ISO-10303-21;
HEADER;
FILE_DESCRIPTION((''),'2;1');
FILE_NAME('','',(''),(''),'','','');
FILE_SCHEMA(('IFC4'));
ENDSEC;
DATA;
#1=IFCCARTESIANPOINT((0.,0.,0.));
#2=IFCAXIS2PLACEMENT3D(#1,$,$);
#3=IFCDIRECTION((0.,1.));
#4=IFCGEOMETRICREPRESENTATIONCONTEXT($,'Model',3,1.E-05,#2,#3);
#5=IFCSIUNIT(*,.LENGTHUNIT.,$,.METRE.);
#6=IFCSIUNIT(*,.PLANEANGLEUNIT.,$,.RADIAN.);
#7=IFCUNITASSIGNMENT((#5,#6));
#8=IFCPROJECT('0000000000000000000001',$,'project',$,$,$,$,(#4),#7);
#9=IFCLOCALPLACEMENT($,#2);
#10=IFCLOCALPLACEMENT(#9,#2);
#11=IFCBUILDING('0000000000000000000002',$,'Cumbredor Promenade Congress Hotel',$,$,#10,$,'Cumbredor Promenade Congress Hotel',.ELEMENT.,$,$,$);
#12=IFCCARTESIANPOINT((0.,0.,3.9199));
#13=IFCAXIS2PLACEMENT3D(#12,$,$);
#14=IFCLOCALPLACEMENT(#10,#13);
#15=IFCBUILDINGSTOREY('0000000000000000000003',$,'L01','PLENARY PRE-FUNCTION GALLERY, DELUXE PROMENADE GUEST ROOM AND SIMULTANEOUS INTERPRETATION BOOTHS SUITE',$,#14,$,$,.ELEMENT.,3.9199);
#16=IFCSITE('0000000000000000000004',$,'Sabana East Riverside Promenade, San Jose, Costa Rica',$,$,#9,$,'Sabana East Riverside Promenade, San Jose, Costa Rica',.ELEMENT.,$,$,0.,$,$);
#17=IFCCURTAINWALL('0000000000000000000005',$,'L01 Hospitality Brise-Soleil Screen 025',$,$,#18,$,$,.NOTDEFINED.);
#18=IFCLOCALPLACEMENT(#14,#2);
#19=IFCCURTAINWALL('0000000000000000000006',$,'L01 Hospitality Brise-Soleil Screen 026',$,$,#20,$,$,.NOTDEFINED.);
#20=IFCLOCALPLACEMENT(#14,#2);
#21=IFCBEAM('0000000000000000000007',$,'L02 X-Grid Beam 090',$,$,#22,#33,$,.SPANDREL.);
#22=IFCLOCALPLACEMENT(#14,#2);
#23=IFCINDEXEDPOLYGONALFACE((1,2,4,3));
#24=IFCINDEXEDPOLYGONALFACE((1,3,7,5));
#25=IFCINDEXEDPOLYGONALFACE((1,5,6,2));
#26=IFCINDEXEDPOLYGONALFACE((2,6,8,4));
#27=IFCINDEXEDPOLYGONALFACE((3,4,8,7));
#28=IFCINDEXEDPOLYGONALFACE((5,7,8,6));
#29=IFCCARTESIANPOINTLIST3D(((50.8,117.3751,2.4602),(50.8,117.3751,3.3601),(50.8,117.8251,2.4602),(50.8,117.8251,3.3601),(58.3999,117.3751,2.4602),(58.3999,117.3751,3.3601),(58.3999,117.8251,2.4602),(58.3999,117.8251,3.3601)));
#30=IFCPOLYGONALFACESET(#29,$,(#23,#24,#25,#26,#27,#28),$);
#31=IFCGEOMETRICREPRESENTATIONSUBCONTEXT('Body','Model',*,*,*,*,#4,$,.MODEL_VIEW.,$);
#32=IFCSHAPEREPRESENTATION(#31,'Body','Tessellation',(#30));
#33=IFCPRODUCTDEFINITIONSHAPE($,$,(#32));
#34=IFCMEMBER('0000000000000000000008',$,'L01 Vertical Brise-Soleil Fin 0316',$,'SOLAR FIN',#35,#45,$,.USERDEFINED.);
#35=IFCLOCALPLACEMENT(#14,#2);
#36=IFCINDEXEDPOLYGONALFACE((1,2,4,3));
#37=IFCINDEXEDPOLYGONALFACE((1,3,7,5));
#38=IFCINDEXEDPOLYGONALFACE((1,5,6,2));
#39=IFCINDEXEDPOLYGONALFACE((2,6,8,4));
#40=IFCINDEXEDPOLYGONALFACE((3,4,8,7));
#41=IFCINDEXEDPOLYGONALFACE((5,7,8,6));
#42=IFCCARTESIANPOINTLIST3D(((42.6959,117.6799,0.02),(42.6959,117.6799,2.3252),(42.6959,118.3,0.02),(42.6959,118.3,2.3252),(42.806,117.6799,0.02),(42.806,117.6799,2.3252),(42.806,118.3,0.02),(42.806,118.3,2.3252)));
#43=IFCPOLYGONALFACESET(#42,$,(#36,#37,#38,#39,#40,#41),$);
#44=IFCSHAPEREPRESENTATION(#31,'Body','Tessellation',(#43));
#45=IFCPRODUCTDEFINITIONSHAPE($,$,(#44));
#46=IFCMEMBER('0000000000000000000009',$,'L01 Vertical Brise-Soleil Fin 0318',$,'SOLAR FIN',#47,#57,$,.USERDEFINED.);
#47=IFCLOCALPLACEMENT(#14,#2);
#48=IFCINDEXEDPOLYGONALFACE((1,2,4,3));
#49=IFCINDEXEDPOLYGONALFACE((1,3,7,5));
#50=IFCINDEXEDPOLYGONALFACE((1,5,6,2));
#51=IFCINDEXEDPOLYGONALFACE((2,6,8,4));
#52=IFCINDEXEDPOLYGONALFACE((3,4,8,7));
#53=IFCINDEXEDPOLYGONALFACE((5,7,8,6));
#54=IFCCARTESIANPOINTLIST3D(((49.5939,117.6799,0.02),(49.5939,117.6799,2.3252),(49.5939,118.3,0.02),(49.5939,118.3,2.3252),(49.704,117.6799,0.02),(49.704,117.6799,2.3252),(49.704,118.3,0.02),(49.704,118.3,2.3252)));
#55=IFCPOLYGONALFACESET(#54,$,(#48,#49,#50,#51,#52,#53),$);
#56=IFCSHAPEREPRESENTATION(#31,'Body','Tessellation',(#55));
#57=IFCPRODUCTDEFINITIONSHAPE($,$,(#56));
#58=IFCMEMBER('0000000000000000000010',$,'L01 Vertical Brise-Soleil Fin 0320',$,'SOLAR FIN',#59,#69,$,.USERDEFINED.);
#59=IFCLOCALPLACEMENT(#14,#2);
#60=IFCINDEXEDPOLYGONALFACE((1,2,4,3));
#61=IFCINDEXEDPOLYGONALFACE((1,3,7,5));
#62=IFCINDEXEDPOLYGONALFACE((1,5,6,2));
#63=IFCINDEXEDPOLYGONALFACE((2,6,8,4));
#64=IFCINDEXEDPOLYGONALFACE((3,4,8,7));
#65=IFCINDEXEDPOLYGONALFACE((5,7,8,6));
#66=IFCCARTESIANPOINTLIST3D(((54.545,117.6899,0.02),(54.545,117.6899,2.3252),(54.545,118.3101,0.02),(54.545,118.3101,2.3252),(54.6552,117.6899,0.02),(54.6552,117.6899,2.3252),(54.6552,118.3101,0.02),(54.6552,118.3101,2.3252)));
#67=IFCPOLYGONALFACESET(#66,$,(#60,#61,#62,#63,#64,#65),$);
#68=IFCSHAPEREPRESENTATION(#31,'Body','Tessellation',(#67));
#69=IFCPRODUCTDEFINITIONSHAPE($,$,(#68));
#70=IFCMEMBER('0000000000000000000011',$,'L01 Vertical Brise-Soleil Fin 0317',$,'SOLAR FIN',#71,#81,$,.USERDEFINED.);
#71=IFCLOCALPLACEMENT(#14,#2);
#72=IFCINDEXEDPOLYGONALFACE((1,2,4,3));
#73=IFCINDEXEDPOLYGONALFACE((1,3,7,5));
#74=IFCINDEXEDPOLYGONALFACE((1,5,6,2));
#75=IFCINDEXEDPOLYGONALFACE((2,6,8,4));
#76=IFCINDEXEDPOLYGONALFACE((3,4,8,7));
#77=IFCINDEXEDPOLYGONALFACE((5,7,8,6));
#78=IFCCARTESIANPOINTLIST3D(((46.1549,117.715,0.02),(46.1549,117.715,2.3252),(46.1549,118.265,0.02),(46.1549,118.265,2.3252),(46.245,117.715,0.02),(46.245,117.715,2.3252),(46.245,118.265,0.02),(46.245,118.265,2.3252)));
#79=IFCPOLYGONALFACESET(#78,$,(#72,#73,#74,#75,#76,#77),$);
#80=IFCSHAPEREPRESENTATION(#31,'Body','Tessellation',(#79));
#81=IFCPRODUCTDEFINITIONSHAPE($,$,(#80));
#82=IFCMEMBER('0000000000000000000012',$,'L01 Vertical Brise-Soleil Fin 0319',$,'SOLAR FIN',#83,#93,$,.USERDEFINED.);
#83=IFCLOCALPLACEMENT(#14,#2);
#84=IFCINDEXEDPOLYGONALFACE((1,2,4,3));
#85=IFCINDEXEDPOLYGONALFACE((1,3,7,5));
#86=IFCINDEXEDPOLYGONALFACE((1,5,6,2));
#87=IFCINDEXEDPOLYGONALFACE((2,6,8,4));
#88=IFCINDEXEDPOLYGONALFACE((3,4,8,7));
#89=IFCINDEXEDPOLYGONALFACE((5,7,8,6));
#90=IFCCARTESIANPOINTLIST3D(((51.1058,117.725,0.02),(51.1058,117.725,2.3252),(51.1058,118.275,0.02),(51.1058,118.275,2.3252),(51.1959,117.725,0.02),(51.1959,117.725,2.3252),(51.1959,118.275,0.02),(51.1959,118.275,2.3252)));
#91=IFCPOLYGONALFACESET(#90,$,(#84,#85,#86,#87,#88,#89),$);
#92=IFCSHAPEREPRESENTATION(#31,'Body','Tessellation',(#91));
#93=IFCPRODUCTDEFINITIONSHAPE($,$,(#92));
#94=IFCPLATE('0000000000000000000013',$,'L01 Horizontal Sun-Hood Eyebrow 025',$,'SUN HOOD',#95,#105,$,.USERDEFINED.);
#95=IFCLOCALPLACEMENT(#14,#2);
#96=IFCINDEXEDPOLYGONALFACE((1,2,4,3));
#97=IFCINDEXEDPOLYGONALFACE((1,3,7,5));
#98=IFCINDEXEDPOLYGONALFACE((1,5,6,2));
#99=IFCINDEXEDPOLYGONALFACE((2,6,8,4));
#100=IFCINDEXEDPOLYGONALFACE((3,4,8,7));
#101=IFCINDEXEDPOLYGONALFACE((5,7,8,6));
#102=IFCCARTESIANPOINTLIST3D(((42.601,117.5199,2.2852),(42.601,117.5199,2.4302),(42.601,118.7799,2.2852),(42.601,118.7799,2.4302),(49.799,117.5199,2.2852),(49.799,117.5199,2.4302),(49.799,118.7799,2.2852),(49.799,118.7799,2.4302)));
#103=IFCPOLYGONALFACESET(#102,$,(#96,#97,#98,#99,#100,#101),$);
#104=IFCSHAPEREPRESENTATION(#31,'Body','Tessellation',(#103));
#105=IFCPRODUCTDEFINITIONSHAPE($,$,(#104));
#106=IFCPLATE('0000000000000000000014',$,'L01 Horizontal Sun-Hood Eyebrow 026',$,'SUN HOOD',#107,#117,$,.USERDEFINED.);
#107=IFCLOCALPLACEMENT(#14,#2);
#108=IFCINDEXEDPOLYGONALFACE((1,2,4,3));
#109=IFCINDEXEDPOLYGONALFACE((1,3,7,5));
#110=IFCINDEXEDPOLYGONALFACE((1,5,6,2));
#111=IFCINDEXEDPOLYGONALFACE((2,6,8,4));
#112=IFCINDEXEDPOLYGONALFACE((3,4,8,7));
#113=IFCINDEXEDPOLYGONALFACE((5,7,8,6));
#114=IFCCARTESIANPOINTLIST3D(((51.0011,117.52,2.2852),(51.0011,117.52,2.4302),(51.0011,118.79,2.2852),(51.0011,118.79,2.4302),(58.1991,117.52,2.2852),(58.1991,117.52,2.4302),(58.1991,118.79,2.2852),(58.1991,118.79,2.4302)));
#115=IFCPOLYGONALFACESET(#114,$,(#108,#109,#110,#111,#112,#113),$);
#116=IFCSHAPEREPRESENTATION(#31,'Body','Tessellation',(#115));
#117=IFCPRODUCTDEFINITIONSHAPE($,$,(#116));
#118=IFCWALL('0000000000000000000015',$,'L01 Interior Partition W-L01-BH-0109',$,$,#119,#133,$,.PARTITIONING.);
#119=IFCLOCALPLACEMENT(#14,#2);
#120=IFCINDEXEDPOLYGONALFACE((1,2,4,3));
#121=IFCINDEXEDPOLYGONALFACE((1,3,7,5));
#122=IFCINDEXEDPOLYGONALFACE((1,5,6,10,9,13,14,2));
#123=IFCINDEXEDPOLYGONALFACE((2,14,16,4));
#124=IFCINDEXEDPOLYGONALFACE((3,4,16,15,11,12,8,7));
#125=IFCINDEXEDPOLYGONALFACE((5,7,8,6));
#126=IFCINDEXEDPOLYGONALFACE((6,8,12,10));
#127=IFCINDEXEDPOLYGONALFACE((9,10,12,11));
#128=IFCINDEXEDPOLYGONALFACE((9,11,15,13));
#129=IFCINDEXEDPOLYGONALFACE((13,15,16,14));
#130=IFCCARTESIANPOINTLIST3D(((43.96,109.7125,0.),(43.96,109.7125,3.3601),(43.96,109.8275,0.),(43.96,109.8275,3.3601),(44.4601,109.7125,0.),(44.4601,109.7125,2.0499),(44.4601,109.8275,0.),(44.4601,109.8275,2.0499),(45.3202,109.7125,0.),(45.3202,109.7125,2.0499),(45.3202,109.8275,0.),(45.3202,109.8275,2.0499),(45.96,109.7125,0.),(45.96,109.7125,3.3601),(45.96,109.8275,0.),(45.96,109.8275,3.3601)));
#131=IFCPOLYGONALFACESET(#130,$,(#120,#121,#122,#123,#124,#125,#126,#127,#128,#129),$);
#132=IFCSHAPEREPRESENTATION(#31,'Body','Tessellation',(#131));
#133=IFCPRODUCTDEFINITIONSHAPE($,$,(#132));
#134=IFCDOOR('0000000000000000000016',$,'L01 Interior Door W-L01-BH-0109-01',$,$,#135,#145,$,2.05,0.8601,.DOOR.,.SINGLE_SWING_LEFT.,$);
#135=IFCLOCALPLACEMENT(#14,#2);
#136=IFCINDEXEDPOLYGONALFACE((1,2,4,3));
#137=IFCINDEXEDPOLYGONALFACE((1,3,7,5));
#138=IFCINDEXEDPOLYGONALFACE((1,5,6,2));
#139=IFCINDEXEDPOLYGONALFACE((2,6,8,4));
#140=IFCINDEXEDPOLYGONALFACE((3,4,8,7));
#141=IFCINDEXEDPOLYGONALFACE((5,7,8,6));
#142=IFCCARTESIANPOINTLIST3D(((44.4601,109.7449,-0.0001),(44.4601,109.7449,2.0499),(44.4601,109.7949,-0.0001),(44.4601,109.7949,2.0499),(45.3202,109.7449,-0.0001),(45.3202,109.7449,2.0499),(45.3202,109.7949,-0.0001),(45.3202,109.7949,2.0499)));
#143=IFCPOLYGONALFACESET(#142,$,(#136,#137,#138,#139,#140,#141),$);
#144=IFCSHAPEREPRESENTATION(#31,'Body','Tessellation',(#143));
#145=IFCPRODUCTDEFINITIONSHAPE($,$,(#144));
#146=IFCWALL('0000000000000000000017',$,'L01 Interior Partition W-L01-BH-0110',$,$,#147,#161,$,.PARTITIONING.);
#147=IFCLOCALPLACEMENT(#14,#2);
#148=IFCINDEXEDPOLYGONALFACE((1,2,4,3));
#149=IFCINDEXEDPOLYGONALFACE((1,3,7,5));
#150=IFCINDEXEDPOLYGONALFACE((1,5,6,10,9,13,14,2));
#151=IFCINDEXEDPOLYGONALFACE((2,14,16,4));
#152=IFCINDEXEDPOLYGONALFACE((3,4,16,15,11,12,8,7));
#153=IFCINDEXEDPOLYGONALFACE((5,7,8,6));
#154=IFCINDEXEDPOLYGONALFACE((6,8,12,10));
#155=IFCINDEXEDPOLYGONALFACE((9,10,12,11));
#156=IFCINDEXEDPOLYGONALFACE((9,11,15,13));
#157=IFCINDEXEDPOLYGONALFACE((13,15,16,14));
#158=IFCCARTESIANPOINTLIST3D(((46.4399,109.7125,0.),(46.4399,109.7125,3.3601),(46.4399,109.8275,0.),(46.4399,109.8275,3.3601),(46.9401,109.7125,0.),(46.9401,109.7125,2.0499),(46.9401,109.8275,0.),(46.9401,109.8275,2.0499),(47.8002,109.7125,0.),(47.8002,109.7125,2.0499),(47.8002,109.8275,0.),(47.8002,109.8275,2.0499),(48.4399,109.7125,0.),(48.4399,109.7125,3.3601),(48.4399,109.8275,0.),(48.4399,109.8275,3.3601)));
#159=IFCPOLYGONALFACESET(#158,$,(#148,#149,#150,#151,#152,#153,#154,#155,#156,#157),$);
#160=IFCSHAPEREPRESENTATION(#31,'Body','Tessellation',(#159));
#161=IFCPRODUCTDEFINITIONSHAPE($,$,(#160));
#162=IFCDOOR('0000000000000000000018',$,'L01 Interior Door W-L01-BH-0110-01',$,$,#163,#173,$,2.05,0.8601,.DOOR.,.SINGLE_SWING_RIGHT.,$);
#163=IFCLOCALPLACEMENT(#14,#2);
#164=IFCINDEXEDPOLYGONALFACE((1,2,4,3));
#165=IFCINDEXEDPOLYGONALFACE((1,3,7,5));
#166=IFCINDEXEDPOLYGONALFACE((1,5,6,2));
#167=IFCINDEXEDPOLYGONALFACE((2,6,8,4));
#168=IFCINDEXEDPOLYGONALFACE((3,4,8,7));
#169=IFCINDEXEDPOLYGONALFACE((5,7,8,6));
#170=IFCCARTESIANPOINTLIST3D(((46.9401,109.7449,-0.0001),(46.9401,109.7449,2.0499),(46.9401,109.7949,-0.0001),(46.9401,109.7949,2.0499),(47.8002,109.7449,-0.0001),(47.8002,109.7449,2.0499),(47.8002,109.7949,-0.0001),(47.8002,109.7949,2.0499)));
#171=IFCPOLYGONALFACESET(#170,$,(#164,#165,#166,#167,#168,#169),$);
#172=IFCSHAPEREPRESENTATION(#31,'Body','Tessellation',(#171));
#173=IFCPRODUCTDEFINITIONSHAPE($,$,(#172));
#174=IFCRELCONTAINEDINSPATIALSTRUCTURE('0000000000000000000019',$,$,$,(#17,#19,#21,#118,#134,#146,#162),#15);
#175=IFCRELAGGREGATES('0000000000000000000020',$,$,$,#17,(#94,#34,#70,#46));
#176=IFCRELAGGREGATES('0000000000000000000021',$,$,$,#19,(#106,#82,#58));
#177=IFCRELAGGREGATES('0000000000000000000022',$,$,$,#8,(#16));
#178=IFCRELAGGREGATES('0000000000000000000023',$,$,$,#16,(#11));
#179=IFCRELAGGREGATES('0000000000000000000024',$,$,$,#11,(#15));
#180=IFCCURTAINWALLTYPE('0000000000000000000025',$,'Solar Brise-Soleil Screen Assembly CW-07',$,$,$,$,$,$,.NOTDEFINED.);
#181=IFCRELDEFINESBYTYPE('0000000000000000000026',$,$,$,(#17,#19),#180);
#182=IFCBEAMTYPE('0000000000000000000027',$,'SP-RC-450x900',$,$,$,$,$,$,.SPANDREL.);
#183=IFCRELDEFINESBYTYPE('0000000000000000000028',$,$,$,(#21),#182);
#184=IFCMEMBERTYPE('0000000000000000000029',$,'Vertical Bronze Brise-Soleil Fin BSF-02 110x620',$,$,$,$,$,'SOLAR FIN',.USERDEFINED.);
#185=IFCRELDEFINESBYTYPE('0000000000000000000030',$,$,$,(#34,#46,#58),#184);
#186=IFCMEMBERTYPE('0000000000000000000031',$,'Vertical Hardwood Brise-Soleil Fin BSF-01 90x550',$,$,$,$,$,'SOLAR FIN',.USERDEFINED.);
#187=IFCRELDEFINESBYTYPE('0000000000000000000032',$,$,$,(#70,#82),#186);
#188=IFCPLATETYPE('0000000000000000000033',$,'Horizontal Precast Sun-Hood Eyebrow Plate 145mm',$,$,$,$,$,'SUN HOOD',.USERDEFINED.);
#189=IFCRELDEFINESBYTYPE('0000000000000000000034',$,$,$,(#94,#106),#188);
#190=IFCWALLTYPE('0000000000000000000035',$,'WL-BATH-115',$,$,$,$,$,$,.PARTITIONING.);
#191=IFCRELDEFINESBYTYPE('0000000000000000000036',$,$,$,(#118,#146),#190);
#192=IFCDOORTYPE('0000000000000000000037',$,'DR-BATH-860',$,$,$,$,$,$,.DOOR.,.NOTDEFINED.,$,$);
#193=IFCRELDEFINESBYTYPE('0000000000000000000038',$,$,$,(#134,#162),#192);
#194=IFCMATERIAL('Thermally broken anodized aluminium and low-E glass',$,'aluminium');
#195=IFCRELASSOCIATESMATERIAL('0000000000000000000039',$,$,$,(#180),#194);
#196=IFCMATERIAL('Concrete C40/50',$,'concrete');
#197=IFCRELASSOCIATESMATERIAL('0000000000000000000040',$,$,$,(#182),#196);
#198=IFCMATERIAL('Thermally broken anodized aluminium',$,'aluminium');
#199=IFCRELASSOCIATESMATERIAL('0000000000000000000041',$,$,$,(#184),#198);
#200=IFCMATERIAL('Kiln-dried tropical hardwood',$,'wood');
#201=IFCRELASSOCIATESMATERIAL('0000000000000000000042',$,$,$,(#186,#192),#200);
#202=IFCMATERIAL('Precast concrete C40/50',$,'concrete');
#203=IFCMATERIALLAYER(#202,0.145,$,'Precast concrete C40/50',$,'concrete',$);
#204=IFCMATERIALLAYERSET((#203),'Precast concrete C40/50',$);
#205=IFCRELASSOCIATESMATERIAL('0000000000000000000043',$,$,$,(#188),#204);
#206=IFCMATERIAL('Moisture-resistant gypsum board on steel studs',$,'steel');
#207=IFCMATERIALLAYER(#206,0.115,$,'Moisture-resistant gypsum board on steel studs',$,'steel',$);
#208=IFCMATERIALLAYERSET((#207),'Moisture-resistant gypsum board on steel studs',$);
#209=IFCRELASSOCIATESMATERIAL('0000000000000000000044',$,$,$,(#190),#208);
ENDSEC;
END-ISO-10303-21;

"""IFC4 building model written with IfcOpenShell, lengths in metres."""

from ifc_helpers import new_model, si_unit, direction, frame, frame_2d, origin, origin_2d, place, context, subcontext, project, spatial, rectangle, extrude, material, layer, layer_set, material_profile, profile_set, type_object, element, fill, aggregate, save


model = new_model("IFC4")

# Units and contexts
model_context = context("Model", 3, precision=1e-05, world=origin(), true_north=direction((0.0, 1.0)))
body_context = subcontext(model_context, "Body", "Model", "MODEL_VIEW")
ifc_project = project(units=[si_unit("LENGTHUNIT", "METRE"), si_unit("PLANEANGLEUNIT", "RADIAN")], contexts=[model_context])

# Site, building, storey
site_placement = place(None, origin())
site = spatial("IfcSite", under=ifc_project, at=site_placement, Name="Sabana East Riverside Promenade, San Jose, Costa Rica", LongName="Sabana East Riverside Promenade, San Jose, Costa Rica", CompositionType="ELEMENT", RefElevation=0.0)
building_placement = place(site_placement, origin())
building = spatial("IfcBuilding", under=site, at=building_placement, Name="Cumbredor Promenade Congress Hotel", LongName="Cumbredor Promenade Congress Hotel", CompositionType="ELEMENT")
storey_placement = place(building_placement, frame((0.0, 0.0, 3.9199)))
storey = spatial("IfcBuildingStorey", under=building, at=storey_placement, Name="L01", Description="PLENARY PRE-FUNCTION GALLERY, DELUXE PROMENADE GUEST ROOM AND SIMULTANEOUS INTERPRETATION BOOTHS SUITE", CompositionType="ELEMENT", Elevation=3.9199)

# Shared definitions
ifc_material_1 = material(Name="Concrete C40/50", Category="concrete")

# Curtain walls
ifc_material_2 = material(Name="Thermally broken anodized aluminium and low-E glass", Category="aluminium")
curtain_wall_type = type_object("IfcCurtainWallType", Name="Solar Brise-Soleil Screen Assembly CW-07", PredefinedType="NOTDEFINED", material=ifc_material_2)
curtain_wall_1_placement = place(storey_placement, origin())
curtain_wall_1 = element("IfcCurtainWall", 1, at=curtain_wall_1_placement, inside=storey, type_object=curtain_wall_type, Name="L01 Hospitality Brise-Soleil Screen 025", PredefinedType="NOTDEFINED")
ifc_material_3 = material(Name="Thermally broken anodized aluminium", Category="aluminium")
curtain_wall_2_placement = place(storey_placement, origin())
curtain_wall_2 = element("IfcCurtainWall", 2, at=curtain_wall_2_placement, inside=storey, type_object=curtain_wall_type, Name="L01 Hospitality Brise-Soleil Screen 026", PredefinedType="NOTDEFINED")

# Beam
ifc_material_profile_1 = material_profile(ifc_material_1, rectangle(XDim=0.45, YDim=0.8999, at=origin_2d()), Name="RC SPANDREL 450x900")
ifc_profile_set_1 = profile_set([ifc_material_profile_1], Name="Concrete C40/50")
beam_type_1 = type_object("IfcBeamType", Name="SP-RC-450x900", PredefinedType="SPANDREL", material=ifc_profile_set_1)
beam_1_placement = place(storey_placement, frame((50.8, 117.6001, 2.9102), z_axis=(1.0, 0.0, 0.0), x_axis=(0.0, 1.0, 0.0)))
element("IfcBeam", 3, at=beam_1_placement, inside=storey, type_object=beam_type_1, Name="L02 X-Grid Beam 090", PredefinedType="SPANDREL", context=body_context, shape_type="SweptSolid", body=[
    extrude(rectangle(XDim=0.45, YDim=0.8999, at=origin_2d()), origin(), (0.0, 0.0, 1.0), 7.5999),
])

# Members
ifc_material_profile_2 = material_profile(ifc_material_3, rectangle(XDim=0.1101, YDim=0.6201, at=origin_2d()), Name="ARCH FIN 110x620")
ifc_profile_set_2 = profile_set([ifc_material_profile_2], Name="Thermally broken anodized aluminium")
member_type_1 = type_object("IfcMemberType", Name="Vertical Bronze Brise-Soleil Fin BSF-02 110x620", ElementType="SOLAR FIN", PredefinedType="USERDEFINED", material=ifc_profile_set_2)
member_1_placement = place(storey_placement, frame((42.751, 117.99, 0.02), z_axis=(0.0, 0.0, 1.0), x_axis=(1.0, 0.0, 0.0)))
member_1 = element("IfcMember", 4, at=member_1_placement, type_object=member_type_1, Name="L01 Vertical Brise-Soleil Fin 0316", ObjectType="SOLAR FIN", PredefinedType="USERDEFINED", context=body_context, shape_type="SweptSolid", body=[
    extrude(rectangle(XDim=0.1101, YDim=0.6201, at=origin_2d()), origin(), (0.0, 0.0, 1.0), 2.3052),
])
member_2_placement = place(storey_placement, frame((49.6489, 117.99, 0.02), z_axis=(0.0, 0.0, 1.0), x_axis=(1.0, 0.0, 0.0)))
member_2 = element("IfcMember", 5, at=member_2_placement, type_object=member_type_1, Name="L01 Vertical Brise-Soleil Fin 0318", ObjectType="SOLAR FIN", PredefinedType="USERDEFINED", context=body_context, shape_type="SweptSolid", body=[
    extrude(rectangle(XDim=0.1101, YDim=0.6201, at=origin_2d()), origin(), (0.0, 0.0, 1.0), 2.3052),
])
member_3_placement = place(storey_placement, frame((54.6001, 118.0, 0.02), z_axis=(0.0, 0.0, 1.0), x_axis=(1.0, 0.0, 0.0)))
member_3 = element("IfcMember", 6, at=member_3_placement, type_object=member_type_1, Name="L01 Vertical Brise-Soleil Fin 0320", ObjectType="SOLAR FIN", PredefinedType="USERDEFINED", context=body_context, shape_type="SweptSolid", body=[
    extrude(rectangle(XDim=0.1101, YDim=0.6201, at=origin_2d()), origin(), (0.0, 0.0, 1.0), 2.3052),
])
ifc_material_4 = material(Name="Kiln-dried tropical hardwood", Category="wood")
ifc_material_profile_3 = material_profile(ifc_material_4, rectangle(XDim=0.0901, YDim=0.55, at=origin_2d()), Name="ARCH FIN 90x550")
ifc_profile_set_3 = profile_set([ifc_material_profile_3], Name="Kiln-dried tropical hardwood")
member_type_2 = type_object("IfcMemberType", Name="Vertical Hardwood Brise-Soleil Fin BSF-01 90x550", ElementType="SOLAR FIN", PredefinedType="USERDEFINED", material=ifc_profile_set_3)
member_4_placement = place(storey_placement, frame((46.2, 117.99, 0.02), z_axis=(0.0, 0.0, 1.0), x_axis=(1.0, 0.0, 0.0)))
member_4 = element("IfcMember", 7, at=member_4_placement, type_object=member_type_2, Name="L01 Vertical Brise-Soleil Fin 0317", ObjectType="SOLAR FIN", PredefinedType="USERDEFINED", context=body_context, shape_type="SweptSolid", body=[
    extrude(rectangle(XDim=0.0901, YDim=0.55, at=origin_2d()), origin(), (0.0, 0.0, 1.0), 2.3052),
])
member_5_placement = place(storey_placement, frame((51.1509, 118.0, 0.02), z_axis=(0.0, 0.0, 1.0), x_axis=(1.0, 0.0, 0.0)))
member_5 = element("IfcMember", 8, at=member_5_placement, type_object=member_type_2, Name="L01 Vertical Brise-Soleil Fin 0319", ObjectType="SOLAR FIN", PredefinedType="USERDEFINED", context=body_context, shape_type="SweptSolid", body=[
    extrude(rectangle(XDim=0.0901, YDim=0.55, at=origin_2d()), origin(), (0.0, 0.0, 1.0), 2.3052),
])

# Plates
ifc_material_5 = material(Name="Precast concrete C40/50", Category="concrete")
ifc_layer_1 = layer(ifc_material_5, 0.145, Name="Precast concrete C40/50", Category="concrete")
ifc_layer_set_1 = layer_set([ifc_layer_1], Name="Precast concrete C40/50")
plate_type = type_object("IfcPlateType", Name="Horizontal Precast Sun-Hood Eyebrow Plate 145mm", ElementType="SUN HOOD", PredefinedType="USERDEFINED", material=ifc_layer_set_1)
plate_1_placement = place(storey_placement, frame((46.2, 118.1499, 2.2852), z_axis=(0.0, 0.0, 1.0), x_axis=(1.0, 0.0, 0.0)))
plate_1 = element("IfcPlate", 9, at=plate_1_placement, type_object=plate_type, Name="L01 Horizontal Sun-Hood Eyebrow 025", ObjectType="SUN HOOD", PredefinedType="USERDEFINED", context=body_context, shape_type="SweptSolid", body=[
    extrude(rectangle(XDim=7.198, YDim=1.26, at=origin_2d()), origin(), (0.0, 0.0, 1.0), 0.145),
])
aggregate(curtain_wall_1, [plate_1, member_1, member_4, member_2])
plate_2_placement = place(storey_placement, frame((54.6001, 118.155, 2.2852), z_axis=(0.0, 0.0, 1.0), x_axis=(1.0, 0.0, 0.0)))
plate_2 = element("IfcPlate", 10, at=plate_2_placement, type_object=plate_type, Name="L01 Horizontal Sun-Hood Eyebrow 026", ObjectType="SUN HOOD", PredefinedType="USERDEFINED", context=body_context, shape_type="SweptSolid", body=[
    extrude(rectangle(XDim=7.198, YDim=1.27, at=origin_2d()), origin(), (0.0, 0.0, 1.0), 0.145),
])
aggregate(curtain_wall_2, [plate_2, member_5, member_3])

# Walls, openings, doors
ifc_material_6 = material(Name="Moisture-resistant gypsum board on steel studs", Category="steel")
ifc_layer_2 = layer(ifc_material_6, 0.115, Name="Moisture-resistant gypsum board on steel studs", Category="steel")
ifc_layer_set_2 = layer_set([ifc_layer_2], Name="Moisture-resistant gypsum board on steel studs")
wall_type_1 = type_object("IfcWallType", Name="WL-BATH-115", PredefinedType="PARTITIONING", material=ifc_layer_set_2)
wall_1_placement = place(storey_placement, frame((43.96, 109.77, 0.0), z_axis=(0.0, 0.0, 1.0), x_axis=(1.0, 0.0, 0.0)))
wall_1 = element("IfcWall", 11, at=wall_1_placement, inside=storey, type_object=wall_type_1, Name="L01 Interior Partition W-L01-BH-0109", PredefinedType="PARTITIONING", context=body_context, shape_type="SweptSolid", body=[
    extrude(rectangle(XDim=2.0, YDim=0.115, at=frame_2d((1.0, 0.0))), origin(), (0.0, 0.0, 1.0), 3.3601),
])
opening_1_placement = place(wall_1_placement, frame((0.5, 0.0, 0.0)))
opening_1 = element("IfcOpeningElement", 12, at=opening_1_placement, cuts=wall_1, PredefinedType="OPENING", context=body_context, shape_type="SweptSolid", body=[
    extrude(rectangle(XDim=0.8601, YDim=2.05, at=frame_2d((0.4302, 1.0249))), frame((0.0, 0.0674, 0.0), z_axis=(0.0, -1.0, 0.0), x_axis=(1.0, 0.0, 0.0)), (0.0, 0.0, 1.0), 0.135),
])
door_type = type_object("IfcDoorType", Name="DR-BATH-860", OperationType="NOTDEFINED", PredefinedType="DOOR", material=ifc_material_4)
door_1_placement = place(opening_1_placement, origin())
door_1 = element("IfcDoor", 13, at=door_1_placement, inside=storey, type_object=door_type, Name="L01 Interior Door W-L01-BH-0109-01", OperationType="SINGLE_SWING_LEFT", OverallHeight=2.05, OverallWidth=0.8601, PredefinedType="DOOR", context=body_context, shape_type="SweptSolid", body=[
    extrude(rectangle(XDim=0.8601, YDim=2.05, at=frame_2d((0.4302, 1.0249))), frame((0.0, 0.0249, 0.0), z_axis=(0.0, -1.0, 0.0), x_axis=(1.0, 0.0, 0.0)), (0.0, 0.0, 1.0), 0.05),
])
fill(opening_1, door_1)
wall_2_placement = place(storey_placement, frame((46.4399, 109.77, 0.0), z_axis=(0.0, 0.0, 1.0), x_axis=(1.0, 0.0, 0.0)))
wall_2 = element("IfcWall", 14, at=wall_2_placement, inside=storey, type_object=wall_type_1, Name="L01 Interior Partition W-L01-BH-0110", PredefinedType="PARTITIONING", context=body_context, shape_type="SweptSolid", body=[
    extrude(rectangle(XDim=2.0, YDim=0.115, at=frame_2d((1.0, 0.0))), origin(), (0.0, 0.0, 1.0), 3.3601),
])
opening_2_placement = place(wall_2_placement, frame((0.5, 0.0, 0.0)))
opening_2 = element("IfcOpeningElement", 15, at=opening_2_placement, cuts=wall_2, PredefinedType="OPENING", context=body_context, shape_type="SweptSolid", body=[
    extrude(rectangle(XDim=0.8601, YDim=2.05, at=frame_2d((0.4302, 1.0249))), frame((0.0, 0.0674, 0.0), z_axis=(0.0, -1.0, 0.0), x_axis=(1.0, 0.0, 0.0)), (0.0, 0.0, 1.0), 0.135),
])
door_2_placement = place(opening_2_placement, origin())
door_2 = element("IfcDoor", 16, at=door_2_placement, inside=storey, type_object=door_type, Name="L01 Interior Door W-L01-BH-0110-01", OperationType="SINGLE_SWING_RIGHT", OverallHeight=2.05, OverallWidth=0.8601, PredefinedType="DOOR", context=body_context, shape_type="SweptSolid", body=[
    extrude(rectangle(XDim=0.8601, YDim=2.05, at=frame_2d((0.4302, 1.0249))), frame((0.0, 0.0249, 0.0), z_axis=(0.0, -1.0, 0.0), x_axis=(1.0, 0.0, 0.0)), (0.0, 0.0, 1.0), 0.05),
])
fill(opening_2, door_2)

save(model, "model.ifc")
